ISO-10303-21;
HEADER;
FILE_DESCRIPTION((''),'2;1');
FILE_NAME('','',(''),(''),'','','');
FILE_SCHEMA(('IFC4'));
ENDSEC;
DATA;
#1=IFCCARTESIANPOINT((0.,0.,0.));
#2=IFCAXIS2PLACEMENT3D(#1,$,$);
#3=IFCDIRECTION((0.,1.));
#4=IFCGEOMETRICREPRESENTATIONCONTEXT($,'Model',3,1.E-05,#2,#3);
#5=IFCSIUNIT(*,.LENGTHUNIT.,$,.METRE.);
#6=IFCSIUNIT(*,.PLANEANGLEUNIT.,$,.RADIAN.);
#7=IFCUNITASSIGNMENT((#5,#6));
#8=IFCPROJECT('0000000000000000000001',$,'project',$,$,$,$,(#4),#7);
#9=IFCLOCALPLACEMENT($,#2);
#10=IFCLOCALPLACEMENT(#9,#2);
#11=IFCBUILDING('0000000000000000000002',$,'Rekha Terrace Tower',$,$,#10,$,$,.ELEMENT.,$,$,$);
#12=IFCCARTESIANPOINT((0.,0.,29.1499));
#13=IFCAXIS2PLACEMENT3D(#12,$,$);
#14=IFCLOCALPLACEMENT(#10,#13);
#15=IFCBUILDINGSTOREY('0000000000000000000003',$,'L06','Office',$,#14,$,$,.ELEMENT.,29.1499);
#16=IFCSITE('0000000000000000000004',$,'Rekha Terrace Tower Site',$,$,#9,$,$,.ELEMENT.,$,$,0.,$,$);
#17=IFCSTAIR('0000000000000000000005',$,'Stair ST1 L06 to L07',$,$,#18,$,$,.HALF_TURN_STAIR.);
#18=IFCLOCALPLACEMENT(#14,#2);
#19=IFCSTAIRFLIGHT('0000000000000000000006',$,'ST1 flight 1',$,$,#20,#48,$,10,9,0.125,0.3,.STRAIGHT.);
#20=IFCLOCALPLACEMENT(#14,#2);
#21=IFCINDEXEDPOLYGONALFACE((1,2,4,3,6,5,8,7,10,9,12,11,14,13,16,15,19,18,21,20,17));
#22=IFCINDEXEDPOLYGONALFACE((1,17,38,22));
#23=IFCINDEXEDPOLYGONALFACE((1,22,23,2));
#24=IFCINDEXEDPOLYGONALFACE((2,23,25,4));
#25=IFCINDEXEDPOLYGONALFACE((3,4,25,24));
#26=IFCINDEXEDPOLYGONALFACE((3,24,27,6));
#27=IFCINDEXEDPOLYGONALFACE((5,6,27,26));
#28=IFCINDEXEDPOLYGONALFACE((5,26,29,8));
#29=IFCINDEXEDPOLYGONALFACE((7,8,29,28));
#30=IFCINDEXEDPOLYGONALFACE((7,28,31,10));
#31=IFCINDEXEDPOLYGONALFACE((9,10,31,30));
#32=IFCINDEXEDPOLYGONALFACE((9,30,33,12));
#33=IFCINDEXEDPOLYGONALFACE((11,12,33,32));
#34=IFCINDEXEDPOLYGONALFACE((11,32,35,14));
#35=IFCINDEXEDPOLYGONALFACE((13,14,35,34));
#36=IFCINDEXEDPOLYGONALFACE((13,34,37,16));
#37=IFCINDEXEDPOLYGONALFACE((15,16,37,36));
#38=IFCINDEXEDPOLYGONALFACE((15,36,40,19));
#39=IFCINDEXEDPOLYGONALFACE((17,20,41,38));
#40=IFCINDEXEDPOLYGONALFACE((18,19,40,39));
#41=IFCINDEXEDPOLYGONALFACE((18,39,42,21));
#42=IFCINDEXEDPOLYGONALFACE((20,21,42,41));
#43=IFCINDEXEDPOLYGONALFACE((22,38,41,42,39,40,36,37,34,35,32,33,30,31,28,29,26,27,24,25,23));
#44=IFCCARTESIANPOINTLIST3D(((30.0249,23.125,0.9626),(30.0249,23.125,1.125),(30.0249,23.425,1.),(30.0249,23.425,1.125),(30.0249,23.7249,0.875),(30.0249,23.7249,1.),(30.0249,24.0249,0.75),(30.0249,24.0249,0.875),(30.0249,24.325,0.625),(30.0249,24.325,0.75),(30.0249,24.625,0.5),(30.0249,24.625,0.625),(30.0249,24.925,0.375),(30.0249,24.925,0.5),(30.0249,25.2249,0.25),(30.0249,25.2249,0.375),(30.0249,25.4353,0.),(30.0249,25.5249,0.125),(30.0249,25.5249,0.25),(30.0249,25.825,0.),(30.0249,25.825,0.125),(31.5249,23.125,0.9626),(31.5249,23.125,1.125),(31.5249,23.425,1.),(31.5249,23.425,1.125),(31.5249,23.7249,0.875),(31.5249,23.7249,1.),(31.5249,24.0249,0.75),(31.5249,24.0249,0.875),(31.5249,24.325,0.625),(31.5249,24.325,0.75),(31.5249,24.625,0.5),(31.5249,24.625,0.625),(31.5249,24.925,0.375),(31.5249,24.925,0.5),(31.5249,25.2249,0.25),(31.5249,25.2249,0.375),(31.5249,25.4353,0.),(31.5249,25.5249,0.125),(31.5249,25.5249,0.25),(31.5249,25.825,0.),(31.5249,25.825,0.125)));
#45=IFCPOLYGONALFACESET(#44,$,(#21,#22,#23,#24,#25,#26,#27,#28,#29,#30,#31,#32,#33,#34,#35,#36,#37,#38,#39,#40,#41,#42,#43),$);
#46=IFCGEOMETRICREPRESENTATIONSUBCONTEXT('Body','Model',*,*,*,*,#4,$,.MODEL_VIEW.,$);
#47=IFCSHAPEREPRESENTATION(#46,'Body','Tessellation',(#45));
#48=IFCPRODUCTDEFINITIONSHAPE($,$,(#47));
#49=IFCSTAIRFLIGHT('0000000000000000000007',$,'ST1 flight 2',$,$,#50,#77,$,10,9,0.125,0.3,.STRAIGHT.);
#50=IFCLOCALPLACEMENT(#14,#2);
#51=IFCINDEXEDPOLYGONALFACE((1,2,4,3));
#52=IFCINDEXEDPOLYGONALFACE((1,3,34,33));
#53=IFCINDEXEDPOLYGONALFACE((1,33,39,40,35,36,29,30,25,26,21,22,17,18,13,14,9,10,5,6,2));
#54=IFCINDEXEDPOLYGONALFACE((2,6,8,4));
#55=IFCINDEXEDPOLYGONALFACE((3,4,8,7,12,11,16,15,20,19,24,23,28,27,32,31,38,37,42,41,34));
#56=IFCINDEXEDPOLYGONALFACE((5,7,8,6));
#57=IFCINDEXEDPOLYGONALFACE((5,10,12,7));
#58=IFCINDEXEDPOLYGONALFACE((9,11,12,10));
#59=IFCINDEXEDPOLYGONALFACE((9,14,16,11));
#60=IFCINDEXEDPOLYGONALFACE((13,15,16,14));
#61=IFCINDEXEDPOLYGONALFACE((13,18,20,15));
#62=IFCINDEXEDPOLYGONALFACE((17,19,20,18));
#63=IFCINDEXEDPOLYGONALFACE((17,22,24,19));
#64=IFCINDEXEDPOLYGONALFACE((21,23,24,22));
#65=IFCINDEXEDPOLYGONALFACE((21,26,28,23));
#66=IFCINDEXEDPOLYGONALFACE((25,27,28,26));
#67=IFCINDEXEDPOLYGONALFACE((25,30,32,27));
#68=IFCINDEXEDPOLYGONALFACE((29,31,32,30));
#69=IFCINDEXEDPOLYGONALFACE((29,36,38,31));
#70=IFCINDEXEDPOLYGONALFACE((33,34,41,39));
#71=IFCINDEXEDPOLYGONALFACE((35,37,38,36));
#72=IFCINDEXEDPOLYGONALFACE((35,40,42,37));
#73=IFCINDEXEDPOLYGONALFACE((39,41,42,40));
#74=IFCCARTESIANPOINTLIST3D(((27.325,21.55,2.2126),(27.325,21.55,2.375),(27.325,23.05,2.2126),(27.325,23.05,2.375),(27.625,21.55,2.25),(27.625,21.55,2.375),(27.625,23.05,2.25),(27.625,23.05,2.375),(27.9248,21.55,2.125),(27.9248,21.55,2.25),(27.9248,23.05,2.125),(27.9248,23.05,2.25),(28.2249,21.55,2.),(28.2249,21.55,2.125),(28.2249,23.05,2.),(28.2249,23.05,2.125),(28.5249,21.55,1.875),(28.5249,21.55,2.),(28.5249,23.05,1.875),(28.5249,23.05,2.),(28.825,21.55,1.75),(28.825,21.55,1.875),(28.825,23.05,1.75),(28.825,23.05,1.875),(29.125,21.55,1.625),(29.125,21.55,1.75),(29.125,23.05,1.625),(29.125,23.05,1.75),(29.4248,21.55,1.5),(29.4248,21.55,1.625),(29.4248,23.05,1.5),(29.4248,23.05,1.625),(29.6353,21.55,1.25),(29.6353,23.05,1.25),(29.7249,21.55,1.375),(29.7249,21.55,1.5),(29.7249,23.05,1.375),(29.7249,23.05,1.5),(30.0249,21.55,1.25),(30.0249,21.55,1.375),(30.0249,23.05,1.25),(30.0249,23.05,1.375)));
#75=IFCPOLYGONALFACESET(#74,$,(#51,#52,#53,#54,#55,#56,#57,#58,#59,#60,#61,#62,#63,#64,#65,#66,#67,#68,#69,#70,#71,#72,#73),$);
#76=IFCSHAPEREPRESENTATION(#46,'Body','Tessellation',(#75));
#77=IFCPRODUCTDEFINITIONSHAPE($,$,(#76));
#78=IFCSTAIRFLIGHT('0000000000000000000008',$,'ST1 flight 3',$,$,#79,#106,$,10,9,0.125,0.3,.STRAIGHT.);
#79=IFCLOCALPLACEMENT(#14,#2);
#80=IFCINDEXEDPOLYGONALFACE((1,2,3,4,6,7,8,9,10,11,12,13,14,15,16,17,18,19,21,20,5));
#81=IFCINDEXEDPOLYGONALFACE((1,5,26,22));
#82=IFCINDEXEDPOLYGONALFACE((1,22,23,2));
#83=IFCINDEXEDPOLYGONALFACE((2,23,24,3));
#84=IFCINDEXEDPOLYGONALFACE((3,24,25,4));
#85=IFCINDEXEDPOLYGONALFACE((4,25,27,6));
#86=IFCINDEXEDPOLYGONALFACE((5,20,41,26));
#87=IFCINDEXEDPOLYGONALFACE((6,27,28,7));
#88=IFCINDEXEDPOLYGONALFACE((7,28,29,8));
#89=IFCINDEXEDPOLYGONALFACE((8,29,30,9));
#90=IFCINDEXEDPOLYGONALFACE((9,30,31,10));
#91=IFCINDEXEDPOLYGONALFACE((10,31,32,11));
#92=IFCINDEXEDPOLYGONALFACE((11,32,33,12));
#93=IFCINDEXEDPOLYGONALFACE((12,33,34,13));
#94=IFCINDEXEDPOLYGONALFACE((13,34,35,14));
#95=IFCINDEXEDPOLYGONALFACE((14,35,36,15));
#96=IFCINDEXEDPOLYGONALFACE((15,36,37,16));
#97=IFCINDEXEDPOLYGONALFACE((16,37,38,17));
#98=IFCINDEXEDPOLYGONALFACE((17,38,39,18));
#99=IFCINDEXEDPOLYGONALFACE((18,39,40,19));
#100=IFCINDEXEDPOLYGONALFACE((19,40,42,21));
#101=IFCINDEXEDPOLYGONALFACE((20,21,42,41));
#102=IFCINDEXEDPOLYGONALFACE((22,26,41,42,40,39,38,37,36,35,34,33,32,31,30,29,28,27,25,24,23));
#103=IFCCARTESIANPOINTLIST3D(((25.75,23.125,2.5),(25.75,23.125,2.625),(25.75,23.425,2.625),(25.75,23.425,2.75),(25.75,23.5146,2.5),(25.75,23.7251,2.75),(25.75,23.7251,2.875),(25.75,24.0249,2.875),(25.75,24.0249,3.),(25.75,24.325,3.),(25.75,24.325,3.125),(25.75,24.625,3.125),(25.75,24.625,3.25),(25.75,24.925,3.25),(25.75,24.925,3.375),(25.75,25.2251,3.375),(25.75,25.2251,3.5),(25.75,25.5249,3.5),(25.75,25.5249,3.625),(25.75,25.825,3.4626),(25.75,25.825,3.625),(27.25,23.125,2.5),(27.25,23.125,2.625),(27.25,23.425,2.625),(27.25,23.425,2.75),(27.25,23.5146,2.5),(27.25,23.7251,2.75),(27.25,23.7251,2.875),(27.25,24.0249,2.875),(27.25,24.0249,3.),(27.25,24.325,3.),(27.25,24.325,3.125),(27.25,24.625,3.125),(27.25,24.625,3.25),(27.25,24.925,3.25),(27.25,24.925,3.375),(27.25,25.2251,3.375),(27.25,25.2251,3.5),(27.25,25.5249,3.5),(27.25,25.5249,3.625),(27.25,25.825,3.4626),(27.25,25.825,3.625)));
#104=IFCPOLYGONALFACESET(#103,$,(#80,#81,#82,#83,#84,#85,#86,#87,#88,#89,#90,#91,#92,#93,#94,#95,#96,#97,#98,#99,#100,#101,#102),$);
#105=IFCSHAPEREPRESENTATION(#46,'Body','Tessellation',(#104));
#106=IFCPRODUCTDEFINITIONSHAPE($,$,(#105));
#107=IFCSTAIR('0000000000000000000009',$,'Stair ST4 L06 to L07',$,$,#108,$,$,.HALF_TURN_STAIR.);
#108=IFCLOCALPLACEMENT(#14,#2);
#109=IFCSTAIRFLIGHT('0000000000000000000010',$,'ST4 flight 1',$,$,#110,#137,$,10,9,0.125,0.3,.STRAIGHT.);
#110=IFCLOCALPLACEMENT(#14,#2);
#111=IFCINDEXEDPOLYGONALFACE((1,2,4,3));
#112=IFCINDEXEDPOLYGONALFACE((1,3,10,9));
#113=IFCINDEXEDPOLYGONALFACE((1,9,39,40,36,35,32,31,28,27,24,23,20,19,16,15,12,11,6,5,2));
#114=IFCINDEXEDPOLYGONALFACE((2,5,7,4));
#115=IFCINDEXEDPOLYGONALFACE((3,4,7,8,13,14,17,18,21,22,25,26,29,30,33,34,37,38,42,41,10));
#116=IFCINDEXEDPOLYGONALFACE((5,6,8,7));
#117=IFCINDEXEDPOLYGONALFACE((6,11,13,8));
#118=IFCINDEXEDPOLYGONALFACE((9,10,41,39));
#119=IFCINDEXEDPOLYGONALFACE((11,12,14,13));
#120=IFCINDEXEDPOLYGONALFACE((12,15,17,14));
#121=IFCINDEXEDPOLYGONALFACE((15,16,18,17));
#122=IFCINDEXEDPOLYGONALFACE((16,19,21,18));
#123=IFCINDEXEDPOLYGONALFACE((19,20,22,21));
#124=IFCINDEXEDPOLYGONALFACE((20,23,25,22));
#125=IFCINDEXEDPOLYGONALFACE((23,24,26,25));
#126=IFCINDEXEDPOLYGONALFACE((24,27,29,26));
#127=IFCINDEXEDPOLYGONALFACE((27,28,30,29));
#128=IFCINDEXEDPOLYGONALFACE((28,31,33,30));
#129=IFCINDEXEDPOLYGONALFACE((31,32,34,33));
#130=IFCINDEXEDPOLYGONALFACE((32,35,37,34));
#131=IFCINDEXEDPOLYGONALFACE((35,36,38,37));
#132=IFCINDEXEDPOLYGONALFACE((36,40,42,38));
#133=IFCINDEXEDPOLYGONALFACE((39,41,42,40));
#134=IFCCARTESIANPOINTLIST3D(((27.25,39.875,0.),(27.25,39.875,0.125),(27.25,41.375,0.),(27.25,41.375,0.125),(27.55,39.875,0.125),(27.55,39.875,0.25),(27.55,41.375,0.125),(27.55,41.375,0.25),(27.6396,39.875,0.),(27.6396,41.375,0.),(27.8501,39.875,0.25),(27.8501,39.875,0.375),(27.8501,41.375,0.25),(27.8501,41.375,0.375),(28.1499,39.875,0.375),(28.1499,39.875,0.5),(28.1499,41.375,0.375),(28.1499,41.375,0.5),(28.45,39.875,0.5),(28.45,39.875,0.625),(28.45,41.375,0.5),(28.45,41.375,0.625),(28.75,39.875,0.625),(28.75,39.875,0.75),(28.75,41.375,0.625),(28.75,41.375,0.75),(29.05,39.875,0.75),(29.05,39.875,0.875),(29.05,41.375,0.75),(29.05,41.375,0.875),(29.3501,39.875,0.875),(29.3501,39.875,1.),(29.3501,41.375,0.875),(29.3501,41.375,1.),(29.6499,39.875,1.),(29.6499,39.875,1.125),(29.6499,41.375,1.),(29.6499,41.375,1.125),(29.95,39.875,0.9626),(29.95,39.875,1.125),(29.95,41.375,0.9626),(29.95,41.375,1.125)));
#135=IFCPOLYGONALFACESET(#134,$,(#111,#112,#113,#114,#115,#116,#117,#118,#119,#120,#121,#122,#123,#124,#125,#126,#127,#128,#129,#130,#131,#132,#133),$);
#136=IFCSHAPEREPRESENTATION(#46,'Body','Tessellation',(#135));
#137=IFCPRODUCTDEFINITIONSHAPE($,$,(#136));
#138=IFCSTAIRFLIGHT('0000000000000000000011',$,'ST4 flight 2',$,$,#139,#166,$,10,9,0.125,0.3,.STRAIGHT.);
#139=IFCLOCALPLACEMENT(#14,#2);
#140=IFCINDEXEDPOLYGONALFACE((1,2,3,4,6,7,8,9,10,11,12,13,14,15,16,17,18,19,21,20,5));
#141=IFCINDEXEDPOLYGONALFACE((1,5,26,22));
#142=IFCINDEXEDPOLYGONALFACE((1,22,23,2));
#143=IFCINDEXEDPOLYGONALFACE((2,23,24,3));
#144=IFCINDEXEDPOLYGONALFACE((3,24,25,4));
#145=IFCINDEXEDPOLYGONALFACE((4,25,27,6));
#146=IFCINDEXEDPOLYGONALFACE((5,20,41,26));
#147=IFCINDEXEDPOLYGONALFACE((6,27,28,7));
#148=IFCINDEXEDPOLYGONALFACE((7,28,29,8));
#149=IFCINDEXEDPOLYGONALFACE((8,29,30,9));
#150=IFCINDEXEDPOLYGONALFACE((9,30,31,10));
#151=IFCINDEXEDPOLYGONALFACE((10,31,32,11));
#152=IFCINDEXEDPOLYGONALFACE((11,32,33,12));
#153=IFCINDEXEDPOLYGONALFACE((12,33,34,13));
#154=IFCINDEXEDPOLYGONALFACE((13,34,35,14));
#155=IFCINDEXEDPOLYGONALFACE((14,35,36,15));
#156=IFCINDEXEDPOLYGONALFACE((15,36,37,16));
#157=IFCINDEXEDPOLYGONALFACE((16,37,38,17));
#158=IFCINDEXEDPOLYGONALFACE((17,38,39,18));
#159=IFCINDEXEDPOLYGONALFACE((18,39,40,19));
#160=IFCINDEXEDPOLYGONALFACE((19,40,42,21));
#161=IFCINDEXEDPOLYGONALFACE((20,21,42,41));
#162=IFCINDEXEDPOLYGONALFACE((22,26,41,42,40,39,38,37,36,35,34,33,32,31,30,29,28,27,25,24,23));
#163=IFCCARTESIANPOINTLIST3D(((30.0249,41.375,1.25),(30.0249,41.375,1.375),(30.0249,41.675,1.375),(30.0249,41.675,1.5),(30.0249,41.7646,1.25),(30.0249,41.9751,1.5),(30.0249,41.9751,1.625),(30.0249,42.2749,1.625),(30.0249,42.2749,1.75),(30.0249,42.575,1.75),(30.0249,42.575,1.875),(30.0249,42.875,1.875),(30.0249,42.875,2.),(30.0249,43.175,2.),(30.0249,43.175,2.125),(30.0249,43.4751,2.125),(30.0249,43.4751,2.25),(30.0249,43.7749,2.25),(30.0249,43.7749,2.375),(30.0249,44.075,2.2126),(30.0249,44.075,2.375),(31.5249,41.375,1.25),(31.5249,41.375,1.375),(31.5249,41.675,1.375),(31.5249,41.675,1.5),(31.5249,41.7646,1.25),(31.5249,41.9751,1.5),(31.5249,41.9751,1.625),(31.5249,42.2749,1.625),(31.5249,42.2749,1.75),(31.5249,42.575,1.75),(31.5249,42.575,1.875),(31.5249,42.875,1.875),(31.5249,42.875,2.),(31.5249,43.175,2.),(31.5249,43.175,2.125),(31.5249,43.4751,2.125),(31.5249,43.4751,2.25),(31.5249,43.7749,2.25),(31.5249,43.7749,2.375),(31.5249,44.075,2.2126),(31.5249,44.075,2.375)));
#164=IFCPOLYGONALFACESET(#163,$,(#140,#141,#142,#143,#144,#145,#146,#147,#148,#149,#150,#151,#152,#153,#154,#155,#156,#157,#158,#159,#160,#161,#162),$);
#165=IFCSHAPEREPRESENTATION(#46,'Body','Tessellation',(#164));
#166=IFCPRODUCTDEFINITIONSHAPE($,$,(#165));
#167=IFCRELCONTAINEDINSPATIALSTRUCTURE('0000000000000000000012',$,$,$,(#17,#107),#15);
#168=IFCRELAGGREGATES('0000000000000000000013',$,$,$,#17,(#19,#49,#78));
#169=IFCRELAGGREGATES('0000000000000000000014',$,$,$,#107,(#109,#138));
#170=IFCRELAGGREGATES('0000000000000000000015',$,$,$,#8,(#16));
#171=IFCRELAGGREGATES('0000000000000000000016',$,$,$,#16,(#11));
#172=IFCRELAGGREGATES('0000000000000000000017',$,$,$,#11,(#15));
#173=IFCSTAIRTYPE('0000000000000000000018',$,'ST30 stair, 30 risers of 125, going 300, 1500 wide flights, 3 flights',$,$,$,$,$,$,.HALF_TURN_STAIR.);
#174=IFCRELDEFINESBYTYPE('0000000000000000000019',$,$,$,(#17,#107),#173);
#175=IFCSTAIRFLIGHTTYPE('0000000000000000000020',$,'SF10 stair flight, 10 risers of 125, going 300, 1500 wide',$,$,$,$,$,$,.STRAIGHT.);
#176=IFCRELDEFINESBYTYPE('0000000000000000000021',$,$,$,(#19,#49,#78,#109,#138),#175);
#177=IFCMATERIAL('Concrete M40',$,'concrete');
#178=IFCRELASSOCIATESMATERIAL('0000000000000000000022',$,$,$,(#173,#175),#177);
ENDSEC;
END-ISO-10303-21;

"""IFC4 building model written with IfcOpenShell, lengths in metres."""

from ifc_helpers import new_model, si_unit, direction, frame, origin, place, context, subcontext, project, spatial, polyline, outline, extrude, material, type_object, element, aggregate, save


model = new_model("IFC4")

# Units and contexts
model_context = context("Model", 3, precision=1e-05, world=origin(), true_north=direction((0.0, 1.0)))
body_context = subcontext(model_context, "Body", "Model", "MODEL_VIEW")
ifc_project = project(units=[si_unit("LENGTHUNIT", "METRE"), si_unit("PLANEANGLEUNIT", "RADIAN")], contexts=[model_context])

# Site, building, storey
site_placement = place(None, origin())
site = spatial("IfcSite", under=ifc_project, at=site_placement, Name="Rekha Terrace Tower Site", CompositionType="ELEMENT", RefElevation=0.0)
building_placement = place(site_placement, origin())
building = spatial("IfcBuilding", under=site, at=building_placement, Name="Rekha Terrace Tower", CompositionType="ELEMENT")
storey_placement = place(building_placement, frame((0.0, 0.0, 29.1499)))
storey = spatial("IfcBuildingStorey", under=building, at=storey_placement, Name="L06", Description="Office", CompositionType="ELEMENT", Elevation=29.1499)

# Stairs, stair flights
ifc_material_1 = material(Name="Concrete M40", Category="concrete")
stair_type = type_object("IfcStairType", Name="ST30 stair, 30 risers of 125, going 300, 1500 wide flights, 3 flights", PredefinedType="HALF_TURN_STAIR", material=ifc_material_1)
stair_1_placement = place(storey_placement, origin())
stair_1 = element("IfcStair", 1, at=stair_1_placement, inside=storey, type_object=stair_type, Name="Stair ST1 L06 to L07", PredefinedType="HALF_TURN_STAIR")
stair_flight_type = type_object("IfcStairFlightType", Name="SF10 stair flight, 10 risers of 125, going 300, 1500 wide", PredefinedType="STRAIGHT", material=ifc_material_1)
stair_flight_1_placement = place(storey_placement, frame((30.7749, 25.825, 0.0), z_axis=(0.0, 0.0, 1.0), x_axis=(0.0, -1.0, 0.0)))
stair_flight_1 = element("IfcStairFlight", 2, at=stair_flight_1_placement, type_object=stair_flight_type, Name="ST1 flight 1", NumberOfRisers=10, NumberOfTreads=9, PredefinedType="STRAIGHT", RiserHeight=0.125, TreadLength=0.3, context=body_context, shape_type="SweptSolid", body=[
    extrude(outline(polyline([(0.0, 0.0), (0.0, 0.125), (0.3, 0.125), (0.3, 0.25), (0.6001, 0.25), (0.6001, 0.375), (0.8999, 0.375), (0.8999, 0.5), (1.2, 0.5), (1.2, 0.625), (1.5, 0.625), (1.5, 0.75), (1.8, 0.75), (1.8, 0.875), (2.1001, 0.875), (2.1001, 1.0), (2.3999, 1.0), (2.3999, 1.125), (2.7, 1.125), (2.7, 1.25), (2.7, 0.9626), (0.3896, 0.0), (0.0, 0.0)])), frame((0.0, 0.75, 0.0), z_axis=(0.0, -1.0, 0.0), x_axis=(1.0, 0.0, 0.0)), (0.0, 0.0, 1.0), 1.5),
])
stair_flight_2_placement = place(storey_placement, frame((30.0249, 22.3, 1.25), z_axis=(0.0, 0.0, 1.0), x_axis=(-1.0, 0.0, 0.0)))
stair_flight_2 = element("IfcStairFlight", 3, at=stair_flight_2_placement, type_object=stair_flight_type, Name="ST1 flight 2", NumberOfRisers=10, NumberOfTreads=9, PredefinedType="STRAIGHT", RiserHeight=0.125, TreadLength=0.3, context=body_context, shape_type="SweptSolid", body=[
    extrude(outline(polyline([(0.0, 0.0), (0.0, 0.125), (0.3, 0.125), (0.3, 0.25), (0.6001, 0.25), (0.6001, 0.375), (0.8999, 0.375), (0.8999, 0.5), (1.2, 0.5), (1.2, 0.625), (1.5, 0.625), (1.5, 0.75), (1.8, 0.75), (1.8, 0.875), (2.1001, 0.875), (2.1001, 1.0), (2.3999, 1.0), (2.3999, 1.125), (2.7, 1.125), (2.7, 1.25), (2.7, 0.9626), (0.3896, 0.0), (0.0, 0.0)])), frame((0.0, 0.75, 0.0), z_axis=(0.0, -1.0, 0.0), x_axis=(1.0, 0.0, 0.0)), (0.0, 0.0, 1.0), 1.5),
])
stair_flight_3_placement = place(storey_placement, frame((26.5, 23.125, 2.5), z_axis=(0.0, 0.0, 1.0), x_axis=(0.0, 1.0, 0.0)))
stair_flight_3 = element("IfcStairFlight", 4, at=stair_flight_3_placement, type_object=stair_flight_type, Name="ST1 flight 3", NumberOfRisers=10, NumberOfTreads=9, PredefinedType="STRAIGHT", RiserHeight=0.125, TreadLength=0.3, context=body_context, shape_type="SweptSolid", body=[
    extrude(outline(polyline([(0.0, 0.0), (0.0, 0.125), (0.3, 0.125), (0.3, 0.25), (0.6001, 0.25), (0.6001, 0.375), (0.8999, 0.375), (0.8999, 0.5), (1.2, 0.5), (1.2, 0.625), (1.5, 0.625), (1.5, 0.75), (1.8, 0.75), (1.8, 0.875), (2.1001, 0.875), (2.1001, 1.0), (2.3999, 1.0), (2.3999, 1.125), (2.7, 1.125), (2.7, 1.25), (2.7, 0.9626), (0.3896, 0.0), (0.0, 0.0)])), frame((0.0, 0.75, 0.0), z_axis=(0.0, -1.0, 0.0), x_axis=(1.0, 0.0, 0.0)), (0.0, 0.0, 1.0), 1.5),
])
aggregate(stair_1, [stair_flight_1, stair_flight_2, stair_flight_3])
stair_2_placement = place(storey_placement, origin())
stair_2 = element("IfcStair", 5, at=stair_2_placement, inside=storey, type_object=stair_type, Name="Stair ST4 L06 to L07", PredefinedType="HALF_TURN_STAIR")
stair_flight_4_placement = place(storey_placement, frame((27.25, 40.625, 0.0), z_axis=(0.0, 0.0, 1.0), x_axis=(1.0, 0.0, 0.0)))
stair_flight_4 = element("IfcStairFlight", 6, at=stair_flight_4_placement, type_object=stair_flight_type, Name="ST4 flight 1", NumberOfRisers=10, NumberOfTreads=9, PredefinedType="STRAIGHT", RiserHeight=0.125, TreadLength=0.3, context=body_context, shape_type="SweptSolid", body=[
    extrude(outline(polyline([(0.0, 0.0), (0.0, 0.125), (0.3, 0.125), (0.3, 0.25), (0.6001, 0.25), (0.6001, 0.375), (0.8999, 0.375), (0.8999, 0.5), (1.2, 0.5), (1.2, 0.625), (1.5, 0.625), (1.5, 0.75), (1.8, 0.75), (1.8, 0.875), (2.1001, 0.875), (2.1001, 1.0), (2.3999, 1.0), (2.3999, 1.125), (2.7, 1.125), (2.7, 1.25), (2.7, 0.9626), (0.3896, 0.0), (0.0, 0.0)])), frame((0.0, 0.75, 0.0), z_axis=(0.0, -1.0, 0.0), x_axis=(1.0, 0.0, 0.0)), (0.0, 0.0, 1.0), 1.5),
])
stair_flight_5_placement = place(storey_placement, frame((30.7749, 41.375, 1.25), z_axis=(0.0, 0.0, 1.0), x_axis=(0.0, 1.0, 0.0)))
stair_flight_5 = element("IfcStairFlight", 7, at=stair_flight_5_placement, type_object=stair_flight_type, Name="ST4 flight 2", NumberOfRisers=10, NumberOfTreads=9, PredefinedType="STRAIGHT", RiserHeight=0.125, TreadLength=0.3, context=body_context, shape_type="SweptSolid", body=[
    extrude(outline(polyline([(0.0, 0.0), (0.0, 0.125), (0.3, 0.125), (0.3, 0.25), (0.6001, 0.25), (0.6001, 0.375), (0.8999, 0.375), (0.8999, 0.5), (1.2, 0.5), (1.2, 0.625), (1.5, 0.625), (1.5, 0.75), (1.8, 0.75), (1.8, 0.875), (2.1001, 0.875), (2.1001, 1.0), (2.3999, 1.0), (2.3999, 1.125), (2.7, 1.125), (2.7, 1.25), (2.7, 0.9626), (0.3896, 0.0), (0.0, 0.0)])), frame((0.0, 0.75, 0.0), z_axis=(0.0, -1.0, 0.0), x_axis=(1.0, 0.0, 0.0)), (0.0, 0.0, 1.0), 1.5),
])
aggregate(stair_2, [stair_flight_4, stair_flight_5])

save(model, "model.ifc")
